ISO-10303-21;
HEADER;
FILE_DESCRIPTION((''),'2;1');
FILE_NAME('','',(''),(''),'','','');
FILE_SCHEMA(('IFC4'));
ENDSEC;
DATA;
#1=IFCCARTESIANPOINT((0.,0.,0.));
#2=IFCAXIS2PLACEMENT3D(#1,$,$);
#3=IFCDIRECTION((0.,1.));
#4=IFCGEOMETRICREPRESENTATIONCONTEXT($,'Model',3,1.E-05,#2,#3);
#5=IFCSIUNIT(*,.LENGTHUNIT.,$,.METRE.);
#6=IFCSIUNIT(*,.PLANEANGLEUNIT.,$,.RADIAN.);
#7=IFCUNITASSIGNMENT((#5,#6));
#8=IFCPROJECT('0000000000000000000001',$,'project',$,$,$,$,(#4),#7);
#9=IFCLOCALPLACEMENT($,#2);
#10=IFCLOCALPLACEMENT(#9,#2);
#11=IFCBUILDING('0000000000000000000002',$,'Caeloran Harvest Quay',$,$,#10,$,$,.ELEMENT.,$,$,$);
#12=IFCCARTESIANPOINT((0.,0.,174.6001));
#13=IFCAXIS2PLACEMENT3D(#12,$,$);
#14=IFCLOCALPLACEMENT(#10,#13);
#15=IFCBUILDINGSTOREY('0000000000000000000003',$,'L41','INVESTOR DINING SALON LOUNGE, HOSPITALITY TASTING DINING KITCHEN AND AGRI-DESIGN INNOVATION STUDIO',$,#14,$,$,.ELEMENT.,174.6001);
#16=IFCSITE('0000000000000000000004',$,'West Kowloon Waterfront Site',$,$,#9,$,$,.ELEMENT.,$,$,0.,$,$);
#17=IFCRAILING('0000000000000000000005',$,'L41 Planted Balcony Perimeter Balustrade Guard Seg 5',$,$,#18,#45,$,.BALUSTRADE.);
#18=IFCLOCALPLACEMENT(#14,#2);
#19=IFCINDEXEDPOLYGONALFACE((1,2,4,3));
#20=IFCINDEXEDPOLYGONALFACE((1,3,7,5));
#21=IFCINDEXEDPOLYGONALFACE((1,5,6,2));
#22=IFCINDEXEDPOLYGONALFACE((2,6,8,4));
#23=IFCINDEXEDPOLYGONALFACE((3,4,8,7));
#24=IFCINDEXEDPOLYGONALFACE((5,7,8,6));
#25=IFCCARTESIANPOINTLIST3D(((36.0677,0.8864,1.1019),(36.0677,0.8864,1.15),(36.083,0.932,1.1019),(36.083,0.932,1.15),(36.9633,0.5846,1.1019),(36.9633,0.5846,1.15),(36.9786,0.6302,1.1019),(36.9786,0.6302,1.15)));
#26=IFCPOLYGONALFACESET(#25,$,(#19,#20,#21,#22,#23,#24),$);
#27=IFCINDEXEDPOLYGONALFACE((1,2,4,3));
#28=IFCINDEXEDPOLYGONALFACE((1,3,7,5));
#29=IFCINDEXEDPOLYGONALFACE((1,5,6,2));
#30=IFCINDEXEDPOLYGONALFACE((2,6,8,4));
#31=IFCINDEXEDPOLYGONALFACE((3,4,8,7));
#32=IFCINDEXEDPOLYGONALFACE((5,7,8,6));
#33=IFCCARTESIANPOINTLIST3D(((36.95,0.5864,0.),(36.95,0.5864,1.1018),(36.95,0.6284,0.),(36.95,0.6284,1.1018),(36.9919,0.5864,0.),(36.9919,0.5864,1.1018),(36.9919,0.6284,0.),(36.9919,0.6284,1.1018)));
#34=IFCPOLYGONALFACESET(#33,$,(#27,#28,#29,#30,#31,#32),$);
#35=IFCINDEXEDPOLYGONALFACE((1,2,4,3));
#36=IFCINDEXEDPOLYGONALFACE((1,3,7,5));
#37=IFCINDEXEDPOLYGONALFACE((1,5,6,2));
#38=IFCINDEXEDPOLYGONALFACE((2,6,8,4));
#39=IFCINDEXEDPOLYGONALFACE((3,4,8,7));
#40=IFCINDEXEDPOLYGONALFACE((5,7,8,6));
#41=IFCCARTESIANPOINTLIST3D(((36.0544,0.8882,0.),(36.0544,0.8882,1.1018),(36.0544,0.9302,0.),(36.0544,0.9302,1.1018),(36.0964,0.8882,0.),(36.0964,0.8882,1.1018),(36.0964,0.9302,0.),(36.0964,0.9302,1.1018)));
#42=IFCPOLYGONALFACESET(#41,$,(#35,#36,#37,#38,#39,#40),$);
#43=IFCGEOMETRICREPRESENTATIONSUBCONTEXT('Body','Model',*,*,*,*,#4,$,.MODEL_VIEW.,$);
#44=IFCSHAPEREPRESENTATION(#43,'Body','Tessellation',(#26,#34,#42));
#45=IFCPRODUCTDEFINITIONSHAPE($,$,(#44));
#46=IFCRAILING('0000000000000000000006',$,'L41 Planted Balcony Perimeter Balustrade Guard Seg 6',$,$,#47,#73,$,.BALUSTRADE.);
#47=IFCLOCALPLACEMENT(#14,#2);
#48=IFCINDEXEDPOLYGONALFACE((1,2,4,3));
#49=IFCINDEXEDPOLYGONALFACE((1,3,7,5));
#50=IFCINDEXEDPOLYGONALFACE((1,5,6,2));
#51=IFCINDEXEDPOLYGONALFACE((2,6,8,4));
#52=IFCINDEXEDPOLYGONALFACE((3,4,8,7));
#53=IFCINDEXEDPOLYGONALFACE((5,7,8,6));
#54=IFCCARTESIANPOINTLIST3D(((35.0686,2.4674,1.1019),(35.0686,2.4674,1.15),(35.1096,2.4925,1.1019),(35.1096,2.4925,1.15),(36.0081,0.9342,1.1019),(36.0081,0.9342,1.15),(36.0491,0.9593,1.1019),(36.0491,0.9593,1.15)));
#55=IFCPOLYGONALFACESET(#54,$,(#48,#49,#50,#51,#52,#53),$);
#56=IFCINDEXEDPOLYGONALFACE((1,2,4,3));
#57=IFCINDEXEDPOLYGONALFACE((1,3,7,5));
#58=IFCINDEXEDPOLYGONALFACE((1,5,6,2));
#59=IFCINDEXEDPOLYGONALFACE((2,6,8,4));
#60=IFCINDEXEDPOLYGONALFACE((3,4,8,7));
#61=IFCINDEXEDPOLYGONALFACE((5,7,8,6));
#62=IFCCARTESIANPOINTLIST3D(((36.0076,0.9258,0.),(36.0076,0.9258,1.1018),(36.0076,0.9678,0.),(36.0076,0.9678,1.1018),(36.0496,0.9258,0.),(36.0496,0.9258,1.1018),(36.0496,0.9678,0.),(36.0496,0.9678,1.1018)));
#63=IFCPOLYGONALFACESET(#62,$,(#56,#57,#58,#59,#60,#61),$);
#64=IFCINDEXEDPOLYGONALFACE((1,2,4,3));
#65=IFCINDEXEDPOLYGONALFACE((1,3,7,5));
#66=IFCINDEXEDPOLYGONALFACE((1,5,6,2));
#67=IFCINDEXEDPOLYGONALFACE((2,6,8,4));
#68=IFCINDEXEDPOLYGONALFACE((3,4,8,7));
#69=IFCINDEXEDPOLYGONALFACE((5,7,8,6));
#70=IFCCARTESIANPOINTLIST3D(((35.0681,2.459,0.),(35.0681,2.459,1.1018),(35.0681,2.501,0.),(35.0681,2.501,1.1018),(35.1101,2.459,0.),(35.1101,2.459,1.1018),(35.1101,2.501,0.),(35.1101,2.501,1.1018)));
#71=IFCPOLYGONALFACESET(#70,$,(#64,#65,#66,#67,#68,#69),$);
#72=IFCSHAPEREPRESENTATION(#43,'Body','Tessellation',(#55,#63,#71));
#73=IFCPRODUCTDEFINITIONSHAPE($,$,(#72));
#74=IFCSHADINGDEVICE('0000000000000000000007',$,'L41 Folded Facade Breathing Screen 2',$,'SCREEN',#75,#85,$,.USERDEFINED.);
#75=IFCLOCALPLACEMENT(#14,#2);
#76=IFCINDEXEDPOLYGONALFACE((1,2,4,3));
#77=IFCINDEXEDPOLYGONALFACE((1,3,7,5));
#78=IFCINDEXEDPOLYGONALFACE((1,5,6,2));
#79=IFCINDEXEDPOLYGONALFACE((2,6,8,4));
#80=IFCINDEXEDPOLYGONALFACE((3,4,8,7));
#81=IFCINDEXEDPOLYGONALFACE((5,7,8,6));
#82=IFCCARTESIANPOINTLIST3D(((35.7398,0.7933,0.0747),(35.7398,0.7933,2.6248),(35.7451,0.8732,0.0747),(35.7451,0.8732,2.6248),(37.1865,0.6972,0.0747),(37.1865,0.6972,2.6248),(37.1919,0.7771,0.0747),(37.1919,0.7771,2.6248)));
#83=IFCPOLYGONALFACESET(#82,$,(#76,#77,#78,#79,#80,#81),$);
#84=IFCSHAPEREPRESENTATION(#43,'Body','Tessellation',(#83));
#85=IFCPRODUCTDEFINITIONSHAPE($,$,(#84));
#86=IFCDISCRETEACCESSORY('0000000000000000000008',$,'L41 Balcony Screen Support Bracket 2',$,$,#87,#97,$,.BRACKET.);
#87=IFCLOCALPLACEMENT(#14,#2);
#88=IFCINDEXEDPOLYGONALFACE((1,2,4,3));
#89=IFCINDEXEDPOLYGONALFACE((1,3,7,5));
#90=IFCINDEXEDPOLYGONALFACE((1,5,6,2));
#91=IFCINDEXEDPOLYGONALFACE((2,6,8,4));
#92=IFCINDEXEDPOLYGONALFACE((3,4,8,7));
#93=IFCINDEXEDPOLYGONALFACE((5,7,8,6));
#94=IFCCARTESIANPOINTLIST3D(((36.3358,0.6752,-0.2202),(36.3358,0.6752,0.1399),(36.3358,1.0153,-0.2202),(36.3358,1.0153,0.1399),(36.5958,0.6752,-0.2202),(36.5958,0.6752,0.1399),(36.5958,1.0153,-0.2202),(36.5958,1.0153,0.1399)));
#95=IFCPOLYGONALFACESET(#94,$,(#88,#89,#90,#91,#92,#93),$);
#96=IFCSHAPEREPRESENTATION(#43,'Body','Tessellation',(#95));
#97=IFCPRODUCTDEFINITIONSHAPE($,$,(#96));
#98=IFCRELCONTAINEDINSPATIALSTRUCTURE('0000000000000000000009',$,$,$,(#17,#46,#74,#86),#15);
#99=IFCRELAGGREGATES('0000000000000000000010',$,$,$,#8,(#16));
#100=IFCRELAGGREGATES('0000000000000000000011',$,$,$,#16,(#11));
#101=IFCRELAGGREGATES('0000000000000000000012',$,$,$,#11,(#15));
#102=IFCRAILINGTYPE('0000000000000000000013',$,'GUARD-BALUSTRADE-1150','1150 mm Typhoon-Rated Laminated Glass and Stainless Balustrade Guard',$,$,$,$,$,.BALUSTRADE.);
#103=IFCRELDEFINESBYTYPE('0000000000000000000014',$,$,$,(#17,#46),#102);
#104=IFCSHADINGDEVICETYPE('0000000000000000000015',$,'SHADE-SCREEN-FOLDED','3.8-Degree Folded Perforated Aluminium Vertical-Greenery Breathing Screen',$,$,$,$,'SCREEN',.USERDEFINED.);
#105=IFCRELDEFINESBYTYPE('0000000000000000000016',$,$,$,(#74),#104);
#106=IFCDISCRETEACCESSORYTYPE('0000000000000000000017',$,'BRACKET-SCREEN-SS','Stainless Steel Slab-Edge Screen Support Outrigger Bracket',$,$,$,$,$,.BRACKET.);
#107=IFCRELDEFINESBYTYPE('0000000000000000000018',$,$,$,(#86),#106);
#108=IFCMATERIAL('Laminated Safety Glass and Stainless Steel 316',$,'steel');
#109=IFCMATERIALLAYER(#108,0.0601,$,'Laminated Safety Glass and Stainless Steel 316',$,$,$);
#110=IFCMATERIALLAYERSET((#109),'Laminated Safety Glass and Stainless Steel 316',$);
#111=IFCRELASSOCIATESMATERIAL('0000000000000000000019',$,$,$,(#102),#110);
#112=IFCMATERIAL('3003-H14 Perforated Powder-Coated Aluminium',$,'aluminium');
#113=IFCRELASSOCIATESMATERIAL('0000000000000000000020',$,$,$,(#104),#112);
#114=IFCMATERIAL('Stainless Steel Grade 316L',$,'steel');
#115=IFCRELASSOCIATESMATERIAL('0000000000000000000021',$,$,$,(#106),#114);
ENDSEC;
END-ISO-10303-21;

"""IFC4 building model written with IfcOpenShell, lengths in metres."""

from ifc_helpers import new_model, si_unit, direction, frame, origin, origin_2d, place, context, subcontext, project, spatial, rectangle, extrude, material, layer, layer_set, type_object, element, save


model = new_model("IFC4")

# Units and contexts
model_context = context("Model", 3, precision=1e-05, world=origin(), true_north=direction((0.0, 1.0)))
body_context = subcontext(model_context, "Body", "Model", "MODEL_VIEW")
ifc_project = project(units=[si_unit("LENGTHUNIT", "METRE"), si_unit("PLANEANGLEUNIT", "RADIAN")], contexts=[model_context])

# Site, building, storey
site_placement = place(None, origin())
site = spatial("IfcSite", under=ifc_project, at=site_placement, Name="West Kowloon Waterfront Site", CompositionType="ELEMENT", RefElevation=0.0)
building_placement = place(site_placement, origin())
building = spatial("IfcBuilding", under=site, at=building_placement, Name="Caeloran Harvest Quay", CompositionType="ELEMENT")
storey_placement = place(building_placement, frame((0.0, 0.0, 174.6001)))
storey = spatial("IfcBuildingStorey", under=building, at=storey_placement, Name="L41", Description="INVESTOR DINING SALON LOUNGE, HOSPITALITY TASTING DINING KITCHEN AND AGRI-DESIGN INNOVATION STUDIO", CompositionType="ELEMENT", Elevation=174.6001)

# Railings
ifc_material_1 = material(Name="Laminated Safety Glass and Stainless Steel 316", Category="steel")
ifc_layer_1 = layer(ifc_material_1, 0.0601, Name="Laminated Safety Glass and Stainless Steel 316")
ifc_layer_set_1 = layer_set([ifc_layer_1], Name="Laminated Safety Glass and Stainless Steel 316")
railing_type = type_object("IfcRailingType", Name="GUARD-BALUSTRADE-1150", Description="1150 mm Typhoon-Rated Laminated Glass and Stainless Balustrade Guard", PredefinedType="BALUSTRADE", material=ifc_layer_set_1)
railing_1_placement = place(storey_placement, frame((36.9709, 0.6074, 0.0)))
element("IfcRailing", 1, at=railing_1_placement, inside=storey, type_object=railing_type, Name="L41 Planted Balcony Perimeter Balustrade Guard Seg 5", PredefinedType="BALUSTRADE", context=body_context, shape_type="SweptSolid", body=[
    extrude(rectangle(XDim=0.0481, YDim=0.0481, at=origin_2d()), frame((0.0, 0.0, 1.126), z_axis=(-0.947645, 0.319326, 0.0), x_axis=(-0.319326, -0.947645, 0.0)), (0.0, 0.0, 1.0), 0.9451),
    extrude(rectangle(XDim=0.042, YDim=0.042, at=origin_2d()), origin(), (0.0, 0.0, 1.0), 1.1018),
    extrude(rectangle(XDim=0.042, YDim=0.042, at=origin_2d()), frame((-0.8955, 0.3018, 0.0)), (0.0, 0.0, 1.0), 1.1018),
])
railing_2_placement = place(storey_placement, frame((36.0286, 0.9468, 0.0)))
element("IfcRailing", 2, at=railing_2_placement, inside=storey, type_object=railing_type, Name="L41 Planted Balcony Perimeter Balustrade Guard Seg 6", PredefinedType="BALUSTRADE", context=body_context, shape_type="SweptSolid", body=[
    extrude(rectangle(XDim=0.0481, YDim=0.0481, at=origin_2d()), frame((0.0, 0.0, 1.126), z_axis=(-0.52246, 0.852664, 0.0), x_axis=(-0.852664, -0.52246, 0.0)), (0.0, 0.0, 1.0), 1.7981),
    extrude(rectangle(XDim=0.042, YDim=0.042, at=origin_2d()), origin(), (0.0, 0.0, 1.0), 1.1018),
    extrude(rectangle(XDim=0.042, YDim=0.042, at=origin_2d()), frame((-0.9395, 1.5332, 0.0)), (0.0, 0.0, 1.0), 1.1018),
])

# Shading device
ifc_material_2 = material(Name="3003-H14 Perforated Powder-Coated Aluminium", Category="aluminium")
shading_device_type = type_object("IfcShadingDeviceType", Name="SHADE-SCREEN-FOLDED", Description="3.8-Degree Folded Perforated Aluminium Vertical-Greenery Breathing Screen", ElementType="SCREEN", PredefinedType="USERDEFINED", material=ifc_material_2)
shading_device_placement = place(storey_placement, frame((36.4658, 0.7852, 0.0747), z_axis=(0.0, 0.0, 1.0), x_axis=(0.997801, -0.066274, 0.0)))
element("IfcShadingDevice", 3, at=shading_device_placement, inside=storey, type_object=shading_device_type, Name="L41 Folded Facade Breathing Screen 2", ObjectType="SCREEN", PredefinedType="USERDEFINED", context=body_context, shape_type="SweptSolid", body=[
    extrude(rectangle(XDim=1.45, YDim=0.0801, at=origin_2d()), origin(), (0.0, 0.0, 1.0), 2.55),
])

# Discrete accessory
ifc_material_3 = material(Name="Stainless Steel Grade 316L", Category="steel")
discrete_accessory_type = type_object("IfcDiscreteAccessoryType", Name="BRACKET-SCREEN-SS", Description="Stainless Steel Slab-Edge Screen Support Outrigger Bracket", PredefinedType="BRACKET", material=ifc_material_3)
discrete_accessory_placement = place(storey_placement, frame((36.4658, 0.8452, -0.2202), z_axis=(0.0, 0.0, 1.0), x_axis=(1.0, 0.0, 0.0)))
element("IfcDiscreteAccessory", 4, at=discrete_accessory_placement, inside=storey, type_object=discrete_accessory_type, Name="L41 Balcony Screen Support Bracket 2", PredefinedType="BRACKET", context=body_context, shape_type="SweptSolid", body=[
    extrude(rectangle(XDim=0.26, YDim=0.3401, at=origin_2d()), origin(), (0.0, 0.0, 1.0), 0.3601),
])

save(model, "model.ifc")
